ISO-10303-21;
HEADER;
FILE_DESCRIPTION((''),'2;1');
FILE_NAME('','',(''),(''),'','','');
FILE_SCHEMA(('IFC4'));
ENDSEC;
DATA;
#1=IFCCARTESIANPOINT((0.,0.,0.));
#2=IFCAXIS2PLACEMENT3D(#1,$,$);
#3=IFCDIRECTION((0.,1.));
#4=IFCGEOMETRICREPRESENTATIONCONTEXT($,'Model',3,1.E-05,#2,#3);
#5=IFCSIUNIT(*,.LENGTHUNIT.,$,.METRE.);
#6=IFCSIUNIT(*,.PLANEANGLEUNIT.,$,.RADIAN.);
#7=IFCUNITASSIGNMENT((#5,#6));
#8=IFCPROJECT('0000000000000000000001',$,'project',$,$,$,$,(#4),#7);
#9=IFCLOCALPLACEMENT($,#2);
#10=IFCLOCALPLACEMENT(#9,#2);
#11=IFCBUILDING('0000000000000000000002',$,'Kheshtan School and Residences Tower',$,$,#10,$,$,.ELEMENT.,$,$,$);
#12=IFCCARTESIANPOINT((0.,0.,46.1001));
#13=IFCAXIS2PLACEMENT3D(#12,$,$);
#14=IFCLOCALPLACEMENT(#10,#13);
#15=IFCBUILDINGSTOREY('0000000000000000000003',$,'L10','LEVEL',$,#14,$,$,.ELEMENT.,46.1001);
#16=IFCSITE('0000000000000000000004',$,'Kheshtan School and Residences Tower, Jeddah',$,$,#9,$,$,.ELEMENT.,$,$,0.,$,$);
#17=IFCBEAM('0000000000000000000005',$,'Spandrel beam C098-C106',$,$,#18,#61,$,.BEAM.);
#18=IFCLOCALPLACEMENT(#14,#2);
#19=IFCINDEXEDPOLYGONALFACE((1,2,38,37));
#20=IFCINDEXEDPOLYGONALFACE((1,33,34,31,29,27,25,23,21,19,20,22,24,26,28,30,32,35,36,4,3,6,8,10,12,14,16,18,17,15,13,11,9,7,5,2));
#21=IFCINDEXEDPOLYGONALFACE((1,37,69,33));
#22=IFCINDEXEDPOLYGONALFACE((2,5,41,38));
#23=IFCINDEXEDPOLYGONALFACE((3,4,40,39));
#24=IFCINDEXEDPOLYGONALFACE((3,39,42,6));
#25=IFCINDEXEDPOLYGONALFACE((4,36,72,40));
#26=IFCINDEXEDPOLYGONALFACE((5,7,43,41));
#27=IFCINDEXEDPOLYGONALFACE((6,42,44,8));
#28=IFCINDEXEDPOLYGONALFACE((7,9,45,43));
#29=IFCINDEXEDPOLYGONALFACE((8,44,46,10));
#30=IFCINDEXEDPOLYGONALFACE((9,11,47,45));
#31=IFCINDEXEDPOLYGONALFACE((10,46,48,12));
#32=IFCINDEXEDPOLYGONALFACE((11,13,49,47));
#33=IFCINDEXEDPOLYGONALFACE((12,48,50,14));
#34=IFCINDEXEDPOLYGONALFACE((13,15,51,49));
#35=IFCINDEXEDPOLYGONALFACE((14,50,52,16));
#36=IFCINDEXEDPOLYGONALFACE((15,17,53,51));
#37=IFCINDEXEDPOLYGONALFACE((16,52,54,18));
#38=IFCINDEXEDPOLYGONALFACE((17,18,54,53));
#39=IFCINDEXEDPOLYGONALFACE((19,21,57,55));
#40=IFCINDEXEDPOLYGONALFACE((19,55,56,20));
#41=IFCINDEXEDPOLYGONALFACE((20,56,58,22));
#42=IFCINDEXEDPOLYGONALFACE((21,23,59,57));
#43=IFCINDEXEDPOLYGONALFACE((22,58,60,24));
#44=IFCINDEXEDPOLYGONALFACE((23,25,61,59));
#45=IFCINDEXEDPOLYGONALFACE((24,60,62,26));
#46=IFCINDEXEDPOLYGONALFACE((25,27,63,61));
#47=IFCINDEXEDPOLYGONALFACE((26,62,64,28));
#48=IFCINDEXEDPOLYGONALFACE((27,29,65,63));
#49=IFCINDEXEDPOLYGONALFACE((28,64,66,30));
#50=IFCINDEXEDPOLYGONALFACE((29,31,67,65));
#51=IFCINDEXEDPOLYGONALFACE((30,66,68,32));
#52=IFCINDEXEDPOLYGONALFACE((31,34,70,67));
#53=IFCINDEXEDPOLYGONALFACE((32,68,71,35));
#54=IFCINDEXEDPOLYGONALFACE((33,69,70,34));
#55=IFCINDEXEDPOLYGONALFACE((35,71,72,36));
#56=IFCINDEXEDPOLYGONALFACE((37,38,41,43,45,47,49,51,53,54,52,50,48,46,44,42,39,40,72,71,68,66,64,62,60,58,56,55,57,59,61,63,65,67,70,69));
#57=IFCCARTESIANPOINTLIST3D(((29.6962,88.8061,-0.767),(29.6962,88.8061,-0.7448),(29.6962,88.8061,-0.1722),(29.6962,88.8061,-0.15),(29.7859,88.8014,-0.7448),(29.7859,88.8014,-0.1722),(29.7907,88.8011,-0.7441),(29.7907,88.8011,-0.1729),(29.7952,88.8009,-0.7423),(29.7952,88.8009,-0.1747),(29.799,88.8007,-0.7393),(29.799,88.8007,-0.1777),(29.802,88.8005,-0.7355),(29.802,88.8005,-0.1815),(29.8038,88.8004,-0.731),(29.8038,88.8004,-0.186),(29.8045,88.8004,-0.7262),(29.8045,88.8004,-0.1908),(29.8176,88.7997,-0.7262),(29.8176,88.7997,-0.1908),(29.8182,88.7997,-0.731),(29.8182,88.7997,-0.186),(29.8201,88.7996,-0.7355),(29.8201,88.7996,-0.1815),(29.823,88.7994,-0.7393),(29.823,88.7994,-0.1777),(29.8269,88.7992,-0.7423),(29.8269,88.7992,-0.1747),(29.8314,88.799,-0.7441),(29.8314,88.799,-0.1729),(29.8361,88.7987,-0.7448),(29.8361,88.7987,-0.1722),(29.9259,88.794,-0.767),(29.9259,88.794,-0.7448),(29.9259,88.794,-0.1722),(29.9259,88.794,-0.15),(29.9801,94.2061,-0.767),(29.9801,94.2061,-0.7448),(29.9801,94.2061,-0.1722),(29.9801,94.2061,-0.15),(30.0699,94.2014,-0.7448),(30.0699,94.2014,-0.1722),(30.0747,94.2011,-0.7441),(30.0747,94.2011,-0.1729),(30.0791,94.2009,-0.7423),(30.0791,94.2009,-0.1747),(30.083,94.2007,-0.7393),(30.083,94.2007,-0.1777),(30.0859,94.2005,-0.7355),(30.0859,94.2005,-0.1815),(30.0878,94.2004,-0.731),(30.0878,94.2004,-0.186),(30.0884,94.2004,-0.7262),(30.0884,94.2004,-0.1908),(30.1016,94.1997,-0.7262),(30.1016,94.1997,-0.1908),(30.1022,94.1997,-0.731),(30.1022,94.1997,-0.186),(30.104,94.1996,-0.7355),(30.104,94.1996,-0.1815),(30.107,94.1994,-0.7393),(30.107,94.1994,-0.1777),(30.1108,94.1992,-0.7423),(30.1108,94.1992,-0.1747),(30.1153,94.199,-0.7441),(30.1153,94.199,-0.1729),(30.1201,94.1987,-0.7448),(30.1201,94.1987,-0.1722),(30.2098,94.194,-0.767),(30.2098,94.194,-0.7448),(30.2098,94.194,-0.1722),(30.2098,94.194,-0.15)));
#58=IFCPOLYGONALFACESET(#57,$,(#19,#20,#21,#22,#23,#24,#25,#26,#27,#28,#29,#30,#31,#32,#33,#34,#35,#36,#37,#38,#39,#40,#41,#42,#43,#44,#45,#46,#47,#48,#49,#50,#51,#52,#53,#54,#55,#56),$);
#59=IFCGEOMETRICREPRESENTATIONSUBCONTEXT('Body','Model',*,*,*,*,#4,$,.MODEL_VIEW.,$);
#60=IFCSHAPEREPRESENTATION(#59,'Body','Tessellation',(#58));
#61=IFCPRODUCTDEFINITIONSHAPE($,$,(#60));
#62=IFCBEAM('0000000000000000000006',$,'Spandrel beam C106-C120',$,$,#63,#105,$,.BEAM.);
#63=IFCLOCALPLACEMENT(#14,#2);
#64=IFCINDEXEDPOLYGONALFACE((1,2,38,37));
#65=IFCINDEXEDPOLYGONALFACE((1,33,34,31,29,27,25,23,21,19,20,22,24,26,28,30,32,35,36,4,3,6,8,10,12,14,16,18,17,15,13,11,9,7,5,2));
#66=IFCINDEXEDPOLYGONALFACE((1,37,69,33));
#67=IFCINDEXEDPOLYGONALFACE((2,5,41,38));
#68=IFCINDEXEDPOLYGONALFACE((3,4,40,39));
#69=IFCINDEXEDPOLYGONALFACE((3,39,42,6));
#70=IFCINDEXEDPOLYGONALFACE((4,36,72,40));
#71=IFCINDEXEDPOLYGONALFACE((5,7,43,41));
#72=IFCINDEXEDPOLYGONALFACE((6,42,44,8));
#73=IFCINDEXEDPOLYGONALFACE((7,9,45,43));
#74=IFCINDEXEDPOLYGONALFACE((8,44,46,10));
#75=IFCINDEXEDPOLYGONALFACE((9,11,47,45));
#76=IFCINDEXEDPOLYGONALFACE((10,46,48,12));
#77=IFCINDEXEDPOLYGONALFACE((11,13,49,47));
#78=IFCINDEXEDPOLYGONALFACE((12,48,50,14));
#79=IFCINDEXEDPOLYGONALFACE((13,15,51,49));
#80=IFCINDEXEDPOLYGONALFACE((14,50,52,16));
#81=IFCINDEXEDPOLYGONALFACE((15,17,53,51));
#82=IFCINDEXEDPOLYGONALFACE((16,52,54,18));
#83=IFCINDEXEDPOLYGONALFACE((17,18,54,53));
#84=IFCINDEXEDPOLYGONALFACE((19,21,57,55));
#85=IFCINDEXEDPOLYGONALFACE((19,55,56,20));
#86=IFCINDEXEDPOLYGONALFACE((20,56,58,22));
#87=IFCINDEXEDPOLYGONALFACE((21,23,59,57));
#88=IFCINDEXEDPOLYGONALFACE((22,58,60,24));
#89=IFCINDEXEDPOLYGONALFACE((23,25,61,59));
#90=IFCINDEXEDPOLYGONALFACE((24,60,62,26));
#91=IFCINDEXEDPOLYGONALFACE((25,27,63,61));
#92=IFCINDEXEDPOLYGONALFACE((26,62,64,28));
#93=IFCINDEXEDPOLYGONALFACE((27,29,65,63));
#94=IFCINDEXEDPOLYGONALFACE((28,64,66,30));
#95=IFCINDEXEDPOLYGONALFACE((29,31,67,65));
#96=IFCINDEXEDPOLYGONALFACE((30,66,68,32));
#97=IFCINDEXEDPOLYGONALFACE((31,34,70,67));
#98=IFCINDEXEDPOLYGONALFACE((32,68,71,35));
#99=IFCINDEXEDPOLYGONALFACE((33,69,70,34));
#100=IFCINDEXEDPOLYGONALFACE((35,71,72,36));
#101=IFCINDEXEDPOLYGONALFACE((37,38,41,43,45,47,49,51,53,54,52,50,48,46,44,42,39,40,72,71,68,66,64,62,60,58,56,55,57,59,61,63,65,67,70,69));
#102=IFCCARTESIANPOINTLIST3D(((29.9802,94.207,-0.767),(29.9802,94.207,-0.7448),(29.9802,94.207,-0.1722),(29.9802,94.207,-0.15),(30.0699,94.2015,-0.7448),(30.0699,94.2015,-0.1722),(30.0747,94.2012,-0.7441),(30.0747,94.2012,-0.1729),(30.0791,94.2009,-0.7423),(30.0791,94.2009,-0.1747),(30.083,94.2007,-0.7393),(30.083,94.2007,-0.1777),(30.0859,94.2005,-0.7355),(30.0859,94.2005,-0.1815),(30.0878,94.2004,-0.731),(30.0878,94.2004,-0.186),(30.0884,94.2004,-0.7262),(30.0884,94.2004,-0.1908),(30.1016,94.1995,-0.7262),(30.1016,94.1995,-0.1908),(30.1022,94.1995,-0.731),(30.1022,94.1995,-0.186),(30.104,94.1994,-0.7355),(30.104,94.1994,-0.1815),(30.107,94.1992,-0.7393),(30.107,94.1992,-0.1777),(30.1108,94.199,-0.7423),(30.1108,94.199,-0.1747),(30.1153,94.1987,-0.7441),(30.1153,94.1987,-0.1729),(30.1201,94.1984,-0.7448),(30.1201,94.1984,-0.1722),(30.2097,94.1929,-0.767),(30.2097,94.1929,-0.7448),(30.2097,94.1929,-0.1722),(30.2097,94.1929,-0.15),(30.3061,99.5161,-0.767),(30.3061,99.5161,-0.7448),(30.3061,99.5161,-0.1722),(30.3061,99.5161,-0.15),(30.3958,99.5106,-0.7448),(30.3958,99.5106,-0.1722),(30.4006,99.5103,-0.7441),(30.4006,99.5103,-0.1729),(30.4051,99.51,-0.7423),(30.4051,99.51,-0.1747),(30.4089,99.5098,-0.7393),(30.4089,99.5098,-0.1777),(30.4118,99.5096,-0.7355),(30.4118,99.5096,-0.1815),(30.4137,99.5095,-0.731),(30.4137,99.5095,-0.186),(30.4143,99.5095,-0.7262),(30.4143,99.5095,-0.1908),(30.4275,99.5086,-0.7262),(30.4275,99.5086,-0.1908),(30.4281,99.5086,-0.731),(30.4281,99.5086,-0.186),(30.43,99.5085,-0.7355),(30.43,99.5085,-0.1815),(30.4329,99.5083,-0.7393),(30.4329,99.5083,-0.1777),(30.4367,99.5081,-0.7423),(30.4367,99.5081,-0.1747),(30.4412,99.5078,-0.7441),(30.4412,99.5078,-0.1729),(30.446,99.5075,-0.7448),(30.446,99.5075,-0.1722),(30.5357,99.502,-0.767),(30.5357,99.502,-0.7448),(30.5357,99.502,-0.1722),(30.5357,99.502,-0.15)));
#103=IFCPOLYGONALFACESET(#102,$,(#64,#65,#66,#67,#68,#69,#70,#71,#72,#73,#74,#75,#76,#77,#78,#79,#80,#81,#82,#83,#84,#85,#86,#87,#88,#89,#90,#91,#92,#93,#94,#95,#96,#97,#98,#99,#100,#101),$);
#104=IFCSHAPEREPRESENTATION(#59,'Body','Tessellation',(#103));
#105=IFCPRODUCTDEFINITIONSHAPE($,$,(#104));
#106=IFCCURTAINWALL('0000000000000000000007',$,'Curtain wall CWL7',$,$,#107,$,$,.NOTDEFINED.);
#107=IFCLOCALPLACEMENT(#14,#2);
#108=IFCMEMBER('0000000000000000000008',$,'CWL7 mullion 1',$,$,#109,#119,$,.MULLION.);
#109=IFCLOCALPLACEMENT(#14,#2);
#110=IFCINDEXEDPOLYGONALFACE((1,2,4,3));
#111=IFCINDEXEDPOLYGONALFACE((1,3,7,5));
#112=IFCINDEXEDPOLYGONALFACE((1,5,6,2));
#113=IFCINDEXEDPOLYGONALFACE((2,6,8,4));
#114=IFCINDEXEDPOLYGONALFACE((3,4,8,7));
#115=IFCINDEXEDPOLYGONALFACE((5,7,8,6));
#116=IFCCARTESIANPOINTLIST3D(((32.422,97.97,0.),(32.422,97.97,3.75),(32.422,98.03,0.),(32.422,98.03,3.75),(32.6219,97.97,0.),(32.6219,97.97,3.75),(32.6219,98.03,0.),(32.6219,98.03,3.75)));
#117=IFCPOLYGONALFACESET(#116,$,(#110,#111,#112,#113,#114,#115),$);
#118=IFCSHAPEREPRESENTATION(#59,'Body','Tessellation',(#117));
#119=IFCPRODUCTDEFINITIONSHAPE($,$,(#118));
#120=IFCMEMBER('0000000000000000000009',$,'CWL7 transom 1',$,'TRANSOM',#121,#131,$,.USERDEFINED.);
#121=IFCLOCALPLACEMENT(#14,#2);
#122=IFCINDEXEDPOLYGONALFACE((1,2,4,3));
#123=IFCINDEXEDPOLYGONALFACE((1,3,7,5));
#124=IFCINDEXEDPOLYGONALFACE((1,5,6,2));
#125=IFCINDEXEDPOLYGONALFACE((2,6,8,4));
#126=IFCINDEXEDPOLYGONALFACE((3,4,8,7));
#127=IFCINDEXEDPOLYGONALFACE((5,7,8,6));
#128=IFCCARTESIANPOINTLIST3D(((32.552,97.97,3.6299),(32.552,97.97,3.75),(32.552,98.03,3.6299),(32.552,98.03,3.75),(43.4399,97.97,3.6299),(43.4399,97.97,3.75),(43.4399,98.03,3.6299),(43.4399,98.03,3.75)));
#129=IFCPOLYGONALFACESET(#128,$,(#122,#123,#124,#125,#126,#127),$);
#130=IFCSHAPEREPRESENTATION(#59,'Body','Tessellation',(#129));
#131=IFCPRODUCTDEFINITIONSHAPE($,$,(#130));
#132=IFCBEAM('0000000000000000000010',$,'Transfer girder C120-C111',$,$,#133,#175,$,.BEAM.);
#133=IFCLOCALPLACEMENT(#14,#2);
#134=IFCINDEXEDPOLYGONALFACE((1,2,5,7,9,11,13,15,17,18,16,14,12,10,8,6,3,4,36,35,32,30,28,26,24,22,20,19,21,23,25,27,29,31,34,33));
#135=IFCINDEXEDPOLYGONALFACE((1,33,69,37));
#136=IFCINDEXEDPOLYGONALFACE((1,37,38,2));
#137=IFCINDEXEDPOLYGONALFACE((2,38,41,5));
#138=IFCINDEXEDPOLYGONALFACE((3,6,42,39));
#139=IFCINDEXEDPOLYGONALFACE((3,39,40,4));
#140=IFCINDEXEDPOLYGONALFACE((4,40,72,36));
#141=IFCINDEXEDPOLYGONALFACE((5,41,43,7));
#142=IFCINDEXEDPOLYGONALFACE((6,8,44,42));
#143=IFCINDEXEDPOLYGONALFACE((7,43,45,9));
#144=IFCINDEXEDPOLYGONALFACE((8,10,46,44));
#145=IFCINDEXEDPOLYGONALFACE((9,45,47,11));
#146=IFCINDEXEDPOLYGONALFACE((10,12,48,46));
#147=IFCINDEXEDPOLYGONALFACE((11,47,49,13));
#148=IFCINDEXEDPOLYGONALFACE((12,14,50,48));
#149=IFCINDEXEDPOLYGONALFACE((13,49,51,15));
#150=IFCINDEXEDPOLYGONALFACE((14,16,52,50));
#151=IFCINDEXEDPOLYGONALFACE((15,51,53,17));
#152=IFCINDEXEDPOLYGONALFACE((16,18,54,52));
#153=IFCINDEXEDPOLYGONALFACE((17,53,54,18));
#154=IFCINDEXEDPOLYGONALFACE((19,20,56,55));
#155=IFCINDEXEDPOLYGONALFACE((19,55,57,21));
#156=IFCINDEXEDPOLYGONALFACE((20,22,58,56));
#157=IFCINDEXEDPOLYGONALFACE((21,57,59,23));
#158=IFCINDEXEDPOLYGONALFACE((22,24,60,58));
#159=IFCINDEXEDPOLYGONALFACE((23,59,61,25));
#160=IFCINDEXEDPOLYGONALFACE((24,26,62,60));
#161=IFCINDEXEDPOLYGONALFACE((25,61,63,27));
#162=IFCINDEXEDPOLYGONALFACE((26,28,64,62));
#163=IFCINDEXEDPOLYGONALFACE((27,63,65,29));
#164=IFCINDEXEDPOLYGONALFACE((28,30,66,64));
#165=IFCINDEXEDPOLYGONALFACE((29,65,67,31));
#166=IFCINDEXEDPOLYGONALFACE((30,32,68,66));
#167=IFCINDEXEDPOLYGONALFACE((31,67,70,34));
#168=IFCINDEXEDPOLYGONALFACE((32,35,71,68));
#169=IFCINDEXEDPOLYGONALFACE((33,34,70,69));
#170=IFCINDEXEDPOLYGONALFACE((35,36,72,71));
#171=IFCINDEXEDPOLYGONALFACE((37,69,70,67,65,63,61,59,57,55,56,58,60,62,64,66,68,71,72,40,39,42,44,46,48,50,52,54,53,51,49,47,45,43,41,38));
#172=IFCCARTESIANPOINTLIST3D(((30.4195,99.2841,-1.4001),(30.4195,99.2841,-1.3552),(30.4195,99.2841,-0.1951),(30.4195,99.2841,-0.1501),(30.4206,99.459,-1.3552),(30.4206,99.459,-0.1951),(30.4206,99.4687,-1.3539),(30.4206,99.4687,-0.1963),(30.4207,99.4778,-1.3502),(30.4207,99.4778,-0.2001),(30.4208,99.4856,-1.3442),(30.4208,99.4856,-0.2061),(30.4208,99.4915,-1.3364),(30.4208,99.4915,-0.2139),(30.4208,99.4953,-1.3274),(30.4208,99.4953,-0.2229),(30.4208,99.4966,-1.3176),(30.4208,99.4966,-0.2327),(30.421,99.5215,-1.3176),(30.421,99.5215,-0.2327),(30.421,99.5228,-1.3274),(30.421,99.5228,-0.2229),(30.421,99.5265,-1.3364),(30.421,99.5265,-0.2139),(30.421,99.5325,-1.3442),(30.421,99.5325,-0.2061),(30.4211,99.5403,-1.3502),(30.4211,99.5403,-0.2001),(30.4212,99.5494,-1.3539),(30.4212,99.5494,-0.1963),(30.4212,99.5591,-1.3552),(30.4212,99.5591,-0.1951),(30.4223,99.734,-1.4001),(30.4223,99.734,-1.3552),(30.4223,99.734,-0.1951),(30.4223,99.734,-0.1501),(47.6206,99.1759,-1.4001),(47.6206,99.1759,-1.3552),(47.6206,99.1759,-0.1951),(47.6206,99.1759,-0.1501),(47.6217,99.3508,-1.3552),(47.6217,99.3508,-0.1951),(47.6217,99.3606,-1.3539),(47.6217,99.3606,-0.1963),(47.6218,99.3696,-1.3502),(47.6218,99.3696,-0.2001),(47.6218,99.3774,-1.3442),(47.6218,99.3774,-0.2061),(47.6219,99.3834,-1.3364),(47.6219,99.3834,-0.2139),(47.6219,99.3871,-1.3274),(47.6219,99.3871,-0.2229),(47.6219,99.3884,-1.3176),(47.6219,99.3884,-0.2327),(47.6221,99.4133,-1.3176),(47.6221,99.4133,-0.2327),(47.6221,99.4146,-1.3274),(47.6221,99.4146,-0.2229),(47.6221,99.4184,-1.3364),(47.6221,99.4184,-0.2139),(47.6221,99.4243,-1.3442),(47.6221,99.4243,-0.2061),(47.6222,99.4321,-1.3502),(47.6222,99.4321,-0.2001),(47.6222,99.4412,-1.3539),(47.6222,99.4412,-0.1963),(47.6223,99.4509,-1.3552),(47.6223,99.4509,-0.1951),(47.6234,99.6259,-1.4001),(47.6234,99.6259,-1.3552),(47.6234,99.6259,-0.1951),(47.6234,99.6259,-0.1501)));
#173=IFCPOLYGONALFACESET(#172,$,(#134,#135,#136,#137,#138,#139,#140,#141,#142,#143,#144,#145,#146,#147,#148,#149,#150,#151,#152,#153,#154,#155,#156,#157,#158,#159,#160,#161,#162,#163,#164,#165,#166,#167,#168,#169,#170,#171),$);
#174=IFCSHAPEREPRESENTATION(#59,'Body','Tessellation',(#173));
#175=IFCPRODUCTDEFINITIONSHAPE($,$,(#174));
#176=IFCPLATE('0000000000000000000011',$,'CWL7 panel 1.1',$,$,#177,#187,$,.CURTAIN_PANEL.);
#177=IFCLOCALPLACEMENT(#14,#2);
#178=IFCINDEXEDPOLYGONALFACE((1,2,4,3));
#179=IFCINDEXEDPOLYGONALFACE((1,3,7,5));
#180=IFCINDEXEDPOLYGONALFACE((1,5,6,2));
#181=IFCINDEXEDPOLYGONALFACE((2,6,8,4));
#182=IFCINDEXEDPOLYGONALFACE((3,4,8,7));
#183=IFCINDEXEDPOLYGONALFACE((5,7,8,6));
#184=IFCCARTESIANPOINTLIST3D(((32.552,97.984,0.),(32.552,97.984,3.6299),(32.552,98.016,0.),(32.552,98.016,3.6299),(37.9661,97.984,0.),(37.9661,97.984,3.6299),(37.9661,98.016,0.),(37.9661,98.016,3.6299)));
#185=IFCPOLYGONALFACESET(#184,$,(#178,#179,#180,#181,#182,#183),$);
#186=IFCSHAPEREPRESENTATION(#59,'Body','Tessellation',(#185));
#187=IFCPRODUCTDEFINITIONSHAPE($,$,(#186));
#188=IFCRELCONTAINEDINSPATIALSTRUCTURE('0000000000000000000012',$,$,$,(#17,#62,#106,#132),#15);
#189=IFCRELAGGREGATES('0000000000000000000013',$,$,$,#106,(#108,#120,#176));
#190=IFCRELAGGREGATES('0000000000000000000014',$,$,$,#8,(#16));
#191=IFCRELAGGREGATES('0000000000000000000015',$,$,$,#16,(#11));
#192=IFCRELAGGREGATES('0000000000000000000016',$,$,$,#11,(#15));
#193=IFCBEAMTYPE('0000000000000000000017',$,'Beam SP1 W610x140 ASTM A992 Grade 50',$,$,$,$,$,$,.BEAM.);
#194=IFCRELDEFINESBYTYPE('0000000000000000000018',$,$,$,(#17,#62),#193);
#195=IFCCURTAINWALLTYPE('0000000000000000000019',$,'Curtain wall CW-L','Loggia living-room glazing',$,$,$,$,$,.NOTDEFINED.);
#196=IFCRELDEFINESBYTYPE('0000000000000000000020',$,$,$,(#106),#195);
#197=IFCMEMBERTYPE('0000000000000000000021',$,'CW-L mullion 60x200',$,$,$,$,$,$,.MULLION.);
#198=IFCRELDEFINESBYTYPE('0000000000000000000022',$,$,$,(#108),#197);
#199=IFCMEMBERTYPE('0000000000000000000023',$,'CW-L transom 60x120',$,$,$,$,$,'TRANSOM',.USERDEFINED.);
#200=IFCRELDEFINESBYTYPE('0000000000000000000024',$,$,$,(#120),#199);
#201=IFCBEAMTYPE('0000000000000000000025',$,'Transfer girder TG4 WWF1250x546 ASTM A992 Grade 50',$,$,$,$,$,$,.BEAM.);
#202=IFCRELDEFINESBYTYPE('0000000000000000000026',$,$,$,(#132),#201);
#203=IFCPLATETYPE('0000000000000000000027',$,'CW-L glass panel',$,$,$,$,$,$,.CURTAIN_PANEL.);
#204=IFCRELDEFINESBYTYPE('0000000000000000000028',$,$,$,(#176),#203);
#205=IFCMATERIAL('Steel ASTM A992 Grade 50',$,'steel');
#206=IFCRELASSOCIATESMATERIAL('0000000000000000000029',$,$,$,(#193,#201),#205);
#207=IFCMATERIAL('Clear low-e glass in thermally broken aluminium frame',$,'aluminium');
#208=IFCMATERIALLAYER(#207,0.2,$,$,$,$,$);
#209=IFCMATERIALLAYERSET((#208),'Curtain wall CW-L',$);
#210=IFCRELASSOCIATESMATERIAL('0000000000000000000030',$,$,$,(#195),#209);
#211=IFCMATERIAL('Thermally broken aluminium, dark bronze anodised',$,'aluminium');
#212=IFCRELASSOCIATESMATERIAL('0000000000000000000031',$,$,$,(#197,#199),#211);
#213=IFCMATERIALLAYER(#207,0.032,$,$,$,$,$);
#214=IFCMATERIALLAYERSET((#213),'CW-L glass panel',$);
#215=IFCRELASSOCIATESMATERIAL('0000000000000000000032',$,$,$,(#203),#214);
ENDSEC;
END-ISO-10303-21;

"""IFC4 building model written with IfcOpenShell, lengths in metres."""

from ifc_helpers import new_model, si_unit, direction, frame, origin, origin_2d, place, context, subcontext, project, spatial, rectangle, i_section, extrude, material, layer, layer_set, material_profile, profile_set, type_object, element, aggregate, save


model = new_model("IFC4")

# Units and contexts
model_context = context("Model", 3, precision=1e-05, world=origin(), true_north=direction((0.0, 1.0)))
body_context = subcontext(model_context, "Body", "Model", "MODEL_VIEW")
ifc_project = project(units=[si_unit("LENGTHUNIT", "METRE"), si_unit("PLANEANGLEUNIT", "RADIAN")], contexts=[model_context])

# Site, building, storey
site_placement = place(None, origin())
site = spatial("IfcSite", under=ifc_project, at=site_placement, Name="Kheshtan School and Residences Tower, Jeddah", CompositionType="ELEMENT", RefElevation=0.0)
building_placement = place(site_placement, origin())
building = spatial("IfcBuilding", under=site, at=building_placement, Name="Kheshtan School and Residences Tower", CompositionType="ELEMENT")
storey_placement = place(building_placement, frame((0.0, 0.0, 46.1001)))
storey = spatial("IfcBuildingStorey", under=building, at=storey_placement, Name="L10", Description="LEVEL", CompositionType="ELEMENT", Elevation=46.1001)

# Shared definitions
ifc_material_1 = material(Name="Steel ASTM A992 Grade 50", Category="steel")

# Beams
ifc_material_profile_1 = material_profile(ifc_material_1, i_section(OverallWidth=0.23, OverallDepth=0.6169, WebThickness=0.0132, FlangeThickness=0.0222, FilletRadius=0.0186, at=origin_2d()), Name="W610x140")
ifc_profile_set_1 = profile_set([ifc_material_profile_1], Name="Steel ASTM A992 Grade 50")
beam_type_1 = type_object("IfcBeamType", Name="Beam SP1 W610x140 ASTM A992 Grade 50", PredefinedType="BEAM", material=ifc_profile_set_1)
beam_1_placement = place(storey_placement, frame((29.811, 88.8, -0.4585), z_axis=(0.052509, 0.99862, 0.0), x_axis=(-0.99862, 0.052509, 0.0)))
element("IfcBeam", 1, at=beam_1_placement, inside=storey, type_object=beam_type_1, Name="Spandrel beam C098-C106", PredefinedType="BEAM", context=body_context, shape_type="SweptSolid", body=[
    extrude(i_section(OverallWidth=0.23, OverallDepth=0.6169, WebThickness=0.0132, FlangeThickness=0.0222, FilletRadius=0.0186, at=origin_2d()), origin(), (0.0, 0.0, 1.0), 5.4075),
])
beam_2_placement = place(storey_placement, frame((30.095, 94.2, -0.4585), z_axis=(0.061275, 0.998121, 0.0), x_axis=(-0.998121, 0.061275, 0.0)))
element("IfcBeam", 2, at=beam_2_placement, inside=storey, type_object=beam_type_1, Name="Spandrel beam C106-C120", PredefinedType="BEAM", context=body_context, shape_type="SweptSolid", body=[
    extrude(i_section(OverallWidth=0.23, OverallDepth=0.6169, WebThickness=0.0132, FlangeThickness=0.0222, FilletRadius=0.0186, at=origin_2d()), origin(), (0.0, 0.0, 1.0), 5.3191),
])

# Curtain wall, members
ifc_material_2 = material(Name="Clear low-e glass in thermally broken aluminium frame", Category="aluminium")
ifc_layer_1 = layer(ifc_material_2, 0.2)
ifc_layer_set_1 = layer_set([ifc_layer_1], Name="Curtain wall CW-L")
curtain_wall_type = type_object("IfcCurtainWallType", Name="Curtain wall CW-L", Description="Loggia living-room glazing", PredefinedType="NOTDEFINED", material=ifc_layer_set_1)
curtain_wall_placement = place(storey_placement, origin())
curtain_wall = element("IfcCurtainWall", 3, at=curtain_wall_placement, inside=storey, type_object=curtain_wall_type, Name="Curtain wall CWL7", PredefinedType="NOTDEFINED")
ifc_material_3 = material(Name="Thermally broken aluminium, dark bronze anodised", Category="aluminium")
ifc_material_profile_2 = material_profile(ifc_material_3, rectangle(XDim=0.0601, YDim=0.2, at=origin_2d()), Name="CW-L mullion 60x200")
ifc_profile_set_2 = profile_set([ifc_material_profile_2], Name="Thermally broken aluminium, dark bronze anodised")
member_type_1 = type_object("IfcMemberType", Name="CW-L mullion 60x200", PredefinedType="MULLION", material=ifc_profile_set_2)
member_1_placement = place(storey_placement, frame((32.522, 98.0, 0.0), z_axis=(0.0, 0.0, 1.0), x_axis=(0.0, 1.0, 0.0)))
member_1 = element("IfcMember", 4, at=member_1_placement, type_object=member_type_1, Name="CWL7 mullion 1", PredefinedType="MULLION", context=body_context, shape_type="SweptSolid", body=[
    extrude(rectangle(XDim=0.0601, YDim=0.2, at=origin_2d()), origin(), (0.0, 0.0, 1.0), 3.75),
])
ifc_material_profile_3 = material_profile(ifc_material_3, rectangle(XDim=0.0601, YDim=0.1201, at=origin_2d()), Name="CW-L transom 60x120")
ifc_profile_set_3 = profile_set([ifc_material_profile_3], Name="Thermally broken aluminium, dark bronze anodised")
member_type_2 = type_object("IfcMemberType", Name="CW-L transom 60x120", ElementType="TRANSOM", PredefinedType="USERDEFINED", material=ifc_profile_set_3)
member_2_placement = place(storey_placement, frame((32.552, 98.0, 3.6899), z_axis=(1.0, 0.0, 0.0), x_axis=(0.0, 1.0, 0.0)))
member_2 = element("IfcMember", 5, at=member_2_placement, type_object=member_type_2, Name="CWL7 transom 1", ObjectType="TRANSOM", PredefinedType="USERDEFINED", context=body_context, shape_type="SweptSolid", body=[
    extrude(rectangle(XDim=0.0601, YDim=0.1201, at=origin_2d()), origin(), (0.0, 0.0, 1.0), 10.8879),
])

# Beam
ifc_material_profile_4 = material_profile(ifc_material_1, i_section(OverallWidth=0.45, OverallDepth=1.25, WebThickness=0.0249, FlangeThickness=0.0449, FilletRadius=0.0376, at=origin_2d()), Name="WWF1250x546")
ifc_profile_set_4 = profile_set([ifc_material_profile_4], Name="Steel ASTM A992 Grade 50")
beam_type_2 = type_object("IfcBeamType", Name="Transfer girder TG4 WWF1250x546 ASTM A992 Grade 50", PredefinedType="BEAM", material=ifc_profile_set_4)
beam_3_placement = place(storey_placement, frame((30.4209, 99.509, -0.7751), z_axis=(0.99998, -0.006287, 0.0), x_axis=(0.006287, 0.99998, 0.0)))
element("IfcBeam", 6, at=beam_3_placement, inside=storey, type_object=beam_type_2, Name="Transfer girder C120-C111", PredefinedType="BEAM", context=body_context, shape_type="SweptSolid", body=[
    extrude(i_section(OverallWidth=0.45, OverallDepth=1.25, WebThickness=0.0249, FlangeThickness=0.0449, FilletRadius=0.0376, at=origin_2d()), origin(), (0.0, 0.0, 1.0), 17.2014),
])

# Plate
ifc_layer_2 = layer(ifc_material_2, 0.032)
ifc_layer_set_2 = layer_set([ifc_layer_2], Name="CW-L glass panel")
plate_type = type_object("IfcPlateType", Name="CW-L glass panel", PredefinedType="CURTAIN_PANEL", material=ifc_layer_set_2)
plate_placement = place(storey_placement, frame((35.259, 98.0, 0.0), z_axis=(0.0, 0.0, 1.0), x_axis=(1.0, 0.0, 0.0)))
plate = element("IfcPlate", 7, at=plate_placement, type_object=plate_type, Name="CWL7 panel 1.1", PredefinedType="CURTAIN_PANEL", context=body_context, shape_type="SweptSolid", body=[
    extrude(rectangle(XDim=5.4141, YDim=0.032, at=origin_2d()), origin(), (0.0, 0.0, 1.0), 3.6299),
])
aggregate(curtain_wall, [member_1, member_2, plate])

save(model, "model.ifc")
